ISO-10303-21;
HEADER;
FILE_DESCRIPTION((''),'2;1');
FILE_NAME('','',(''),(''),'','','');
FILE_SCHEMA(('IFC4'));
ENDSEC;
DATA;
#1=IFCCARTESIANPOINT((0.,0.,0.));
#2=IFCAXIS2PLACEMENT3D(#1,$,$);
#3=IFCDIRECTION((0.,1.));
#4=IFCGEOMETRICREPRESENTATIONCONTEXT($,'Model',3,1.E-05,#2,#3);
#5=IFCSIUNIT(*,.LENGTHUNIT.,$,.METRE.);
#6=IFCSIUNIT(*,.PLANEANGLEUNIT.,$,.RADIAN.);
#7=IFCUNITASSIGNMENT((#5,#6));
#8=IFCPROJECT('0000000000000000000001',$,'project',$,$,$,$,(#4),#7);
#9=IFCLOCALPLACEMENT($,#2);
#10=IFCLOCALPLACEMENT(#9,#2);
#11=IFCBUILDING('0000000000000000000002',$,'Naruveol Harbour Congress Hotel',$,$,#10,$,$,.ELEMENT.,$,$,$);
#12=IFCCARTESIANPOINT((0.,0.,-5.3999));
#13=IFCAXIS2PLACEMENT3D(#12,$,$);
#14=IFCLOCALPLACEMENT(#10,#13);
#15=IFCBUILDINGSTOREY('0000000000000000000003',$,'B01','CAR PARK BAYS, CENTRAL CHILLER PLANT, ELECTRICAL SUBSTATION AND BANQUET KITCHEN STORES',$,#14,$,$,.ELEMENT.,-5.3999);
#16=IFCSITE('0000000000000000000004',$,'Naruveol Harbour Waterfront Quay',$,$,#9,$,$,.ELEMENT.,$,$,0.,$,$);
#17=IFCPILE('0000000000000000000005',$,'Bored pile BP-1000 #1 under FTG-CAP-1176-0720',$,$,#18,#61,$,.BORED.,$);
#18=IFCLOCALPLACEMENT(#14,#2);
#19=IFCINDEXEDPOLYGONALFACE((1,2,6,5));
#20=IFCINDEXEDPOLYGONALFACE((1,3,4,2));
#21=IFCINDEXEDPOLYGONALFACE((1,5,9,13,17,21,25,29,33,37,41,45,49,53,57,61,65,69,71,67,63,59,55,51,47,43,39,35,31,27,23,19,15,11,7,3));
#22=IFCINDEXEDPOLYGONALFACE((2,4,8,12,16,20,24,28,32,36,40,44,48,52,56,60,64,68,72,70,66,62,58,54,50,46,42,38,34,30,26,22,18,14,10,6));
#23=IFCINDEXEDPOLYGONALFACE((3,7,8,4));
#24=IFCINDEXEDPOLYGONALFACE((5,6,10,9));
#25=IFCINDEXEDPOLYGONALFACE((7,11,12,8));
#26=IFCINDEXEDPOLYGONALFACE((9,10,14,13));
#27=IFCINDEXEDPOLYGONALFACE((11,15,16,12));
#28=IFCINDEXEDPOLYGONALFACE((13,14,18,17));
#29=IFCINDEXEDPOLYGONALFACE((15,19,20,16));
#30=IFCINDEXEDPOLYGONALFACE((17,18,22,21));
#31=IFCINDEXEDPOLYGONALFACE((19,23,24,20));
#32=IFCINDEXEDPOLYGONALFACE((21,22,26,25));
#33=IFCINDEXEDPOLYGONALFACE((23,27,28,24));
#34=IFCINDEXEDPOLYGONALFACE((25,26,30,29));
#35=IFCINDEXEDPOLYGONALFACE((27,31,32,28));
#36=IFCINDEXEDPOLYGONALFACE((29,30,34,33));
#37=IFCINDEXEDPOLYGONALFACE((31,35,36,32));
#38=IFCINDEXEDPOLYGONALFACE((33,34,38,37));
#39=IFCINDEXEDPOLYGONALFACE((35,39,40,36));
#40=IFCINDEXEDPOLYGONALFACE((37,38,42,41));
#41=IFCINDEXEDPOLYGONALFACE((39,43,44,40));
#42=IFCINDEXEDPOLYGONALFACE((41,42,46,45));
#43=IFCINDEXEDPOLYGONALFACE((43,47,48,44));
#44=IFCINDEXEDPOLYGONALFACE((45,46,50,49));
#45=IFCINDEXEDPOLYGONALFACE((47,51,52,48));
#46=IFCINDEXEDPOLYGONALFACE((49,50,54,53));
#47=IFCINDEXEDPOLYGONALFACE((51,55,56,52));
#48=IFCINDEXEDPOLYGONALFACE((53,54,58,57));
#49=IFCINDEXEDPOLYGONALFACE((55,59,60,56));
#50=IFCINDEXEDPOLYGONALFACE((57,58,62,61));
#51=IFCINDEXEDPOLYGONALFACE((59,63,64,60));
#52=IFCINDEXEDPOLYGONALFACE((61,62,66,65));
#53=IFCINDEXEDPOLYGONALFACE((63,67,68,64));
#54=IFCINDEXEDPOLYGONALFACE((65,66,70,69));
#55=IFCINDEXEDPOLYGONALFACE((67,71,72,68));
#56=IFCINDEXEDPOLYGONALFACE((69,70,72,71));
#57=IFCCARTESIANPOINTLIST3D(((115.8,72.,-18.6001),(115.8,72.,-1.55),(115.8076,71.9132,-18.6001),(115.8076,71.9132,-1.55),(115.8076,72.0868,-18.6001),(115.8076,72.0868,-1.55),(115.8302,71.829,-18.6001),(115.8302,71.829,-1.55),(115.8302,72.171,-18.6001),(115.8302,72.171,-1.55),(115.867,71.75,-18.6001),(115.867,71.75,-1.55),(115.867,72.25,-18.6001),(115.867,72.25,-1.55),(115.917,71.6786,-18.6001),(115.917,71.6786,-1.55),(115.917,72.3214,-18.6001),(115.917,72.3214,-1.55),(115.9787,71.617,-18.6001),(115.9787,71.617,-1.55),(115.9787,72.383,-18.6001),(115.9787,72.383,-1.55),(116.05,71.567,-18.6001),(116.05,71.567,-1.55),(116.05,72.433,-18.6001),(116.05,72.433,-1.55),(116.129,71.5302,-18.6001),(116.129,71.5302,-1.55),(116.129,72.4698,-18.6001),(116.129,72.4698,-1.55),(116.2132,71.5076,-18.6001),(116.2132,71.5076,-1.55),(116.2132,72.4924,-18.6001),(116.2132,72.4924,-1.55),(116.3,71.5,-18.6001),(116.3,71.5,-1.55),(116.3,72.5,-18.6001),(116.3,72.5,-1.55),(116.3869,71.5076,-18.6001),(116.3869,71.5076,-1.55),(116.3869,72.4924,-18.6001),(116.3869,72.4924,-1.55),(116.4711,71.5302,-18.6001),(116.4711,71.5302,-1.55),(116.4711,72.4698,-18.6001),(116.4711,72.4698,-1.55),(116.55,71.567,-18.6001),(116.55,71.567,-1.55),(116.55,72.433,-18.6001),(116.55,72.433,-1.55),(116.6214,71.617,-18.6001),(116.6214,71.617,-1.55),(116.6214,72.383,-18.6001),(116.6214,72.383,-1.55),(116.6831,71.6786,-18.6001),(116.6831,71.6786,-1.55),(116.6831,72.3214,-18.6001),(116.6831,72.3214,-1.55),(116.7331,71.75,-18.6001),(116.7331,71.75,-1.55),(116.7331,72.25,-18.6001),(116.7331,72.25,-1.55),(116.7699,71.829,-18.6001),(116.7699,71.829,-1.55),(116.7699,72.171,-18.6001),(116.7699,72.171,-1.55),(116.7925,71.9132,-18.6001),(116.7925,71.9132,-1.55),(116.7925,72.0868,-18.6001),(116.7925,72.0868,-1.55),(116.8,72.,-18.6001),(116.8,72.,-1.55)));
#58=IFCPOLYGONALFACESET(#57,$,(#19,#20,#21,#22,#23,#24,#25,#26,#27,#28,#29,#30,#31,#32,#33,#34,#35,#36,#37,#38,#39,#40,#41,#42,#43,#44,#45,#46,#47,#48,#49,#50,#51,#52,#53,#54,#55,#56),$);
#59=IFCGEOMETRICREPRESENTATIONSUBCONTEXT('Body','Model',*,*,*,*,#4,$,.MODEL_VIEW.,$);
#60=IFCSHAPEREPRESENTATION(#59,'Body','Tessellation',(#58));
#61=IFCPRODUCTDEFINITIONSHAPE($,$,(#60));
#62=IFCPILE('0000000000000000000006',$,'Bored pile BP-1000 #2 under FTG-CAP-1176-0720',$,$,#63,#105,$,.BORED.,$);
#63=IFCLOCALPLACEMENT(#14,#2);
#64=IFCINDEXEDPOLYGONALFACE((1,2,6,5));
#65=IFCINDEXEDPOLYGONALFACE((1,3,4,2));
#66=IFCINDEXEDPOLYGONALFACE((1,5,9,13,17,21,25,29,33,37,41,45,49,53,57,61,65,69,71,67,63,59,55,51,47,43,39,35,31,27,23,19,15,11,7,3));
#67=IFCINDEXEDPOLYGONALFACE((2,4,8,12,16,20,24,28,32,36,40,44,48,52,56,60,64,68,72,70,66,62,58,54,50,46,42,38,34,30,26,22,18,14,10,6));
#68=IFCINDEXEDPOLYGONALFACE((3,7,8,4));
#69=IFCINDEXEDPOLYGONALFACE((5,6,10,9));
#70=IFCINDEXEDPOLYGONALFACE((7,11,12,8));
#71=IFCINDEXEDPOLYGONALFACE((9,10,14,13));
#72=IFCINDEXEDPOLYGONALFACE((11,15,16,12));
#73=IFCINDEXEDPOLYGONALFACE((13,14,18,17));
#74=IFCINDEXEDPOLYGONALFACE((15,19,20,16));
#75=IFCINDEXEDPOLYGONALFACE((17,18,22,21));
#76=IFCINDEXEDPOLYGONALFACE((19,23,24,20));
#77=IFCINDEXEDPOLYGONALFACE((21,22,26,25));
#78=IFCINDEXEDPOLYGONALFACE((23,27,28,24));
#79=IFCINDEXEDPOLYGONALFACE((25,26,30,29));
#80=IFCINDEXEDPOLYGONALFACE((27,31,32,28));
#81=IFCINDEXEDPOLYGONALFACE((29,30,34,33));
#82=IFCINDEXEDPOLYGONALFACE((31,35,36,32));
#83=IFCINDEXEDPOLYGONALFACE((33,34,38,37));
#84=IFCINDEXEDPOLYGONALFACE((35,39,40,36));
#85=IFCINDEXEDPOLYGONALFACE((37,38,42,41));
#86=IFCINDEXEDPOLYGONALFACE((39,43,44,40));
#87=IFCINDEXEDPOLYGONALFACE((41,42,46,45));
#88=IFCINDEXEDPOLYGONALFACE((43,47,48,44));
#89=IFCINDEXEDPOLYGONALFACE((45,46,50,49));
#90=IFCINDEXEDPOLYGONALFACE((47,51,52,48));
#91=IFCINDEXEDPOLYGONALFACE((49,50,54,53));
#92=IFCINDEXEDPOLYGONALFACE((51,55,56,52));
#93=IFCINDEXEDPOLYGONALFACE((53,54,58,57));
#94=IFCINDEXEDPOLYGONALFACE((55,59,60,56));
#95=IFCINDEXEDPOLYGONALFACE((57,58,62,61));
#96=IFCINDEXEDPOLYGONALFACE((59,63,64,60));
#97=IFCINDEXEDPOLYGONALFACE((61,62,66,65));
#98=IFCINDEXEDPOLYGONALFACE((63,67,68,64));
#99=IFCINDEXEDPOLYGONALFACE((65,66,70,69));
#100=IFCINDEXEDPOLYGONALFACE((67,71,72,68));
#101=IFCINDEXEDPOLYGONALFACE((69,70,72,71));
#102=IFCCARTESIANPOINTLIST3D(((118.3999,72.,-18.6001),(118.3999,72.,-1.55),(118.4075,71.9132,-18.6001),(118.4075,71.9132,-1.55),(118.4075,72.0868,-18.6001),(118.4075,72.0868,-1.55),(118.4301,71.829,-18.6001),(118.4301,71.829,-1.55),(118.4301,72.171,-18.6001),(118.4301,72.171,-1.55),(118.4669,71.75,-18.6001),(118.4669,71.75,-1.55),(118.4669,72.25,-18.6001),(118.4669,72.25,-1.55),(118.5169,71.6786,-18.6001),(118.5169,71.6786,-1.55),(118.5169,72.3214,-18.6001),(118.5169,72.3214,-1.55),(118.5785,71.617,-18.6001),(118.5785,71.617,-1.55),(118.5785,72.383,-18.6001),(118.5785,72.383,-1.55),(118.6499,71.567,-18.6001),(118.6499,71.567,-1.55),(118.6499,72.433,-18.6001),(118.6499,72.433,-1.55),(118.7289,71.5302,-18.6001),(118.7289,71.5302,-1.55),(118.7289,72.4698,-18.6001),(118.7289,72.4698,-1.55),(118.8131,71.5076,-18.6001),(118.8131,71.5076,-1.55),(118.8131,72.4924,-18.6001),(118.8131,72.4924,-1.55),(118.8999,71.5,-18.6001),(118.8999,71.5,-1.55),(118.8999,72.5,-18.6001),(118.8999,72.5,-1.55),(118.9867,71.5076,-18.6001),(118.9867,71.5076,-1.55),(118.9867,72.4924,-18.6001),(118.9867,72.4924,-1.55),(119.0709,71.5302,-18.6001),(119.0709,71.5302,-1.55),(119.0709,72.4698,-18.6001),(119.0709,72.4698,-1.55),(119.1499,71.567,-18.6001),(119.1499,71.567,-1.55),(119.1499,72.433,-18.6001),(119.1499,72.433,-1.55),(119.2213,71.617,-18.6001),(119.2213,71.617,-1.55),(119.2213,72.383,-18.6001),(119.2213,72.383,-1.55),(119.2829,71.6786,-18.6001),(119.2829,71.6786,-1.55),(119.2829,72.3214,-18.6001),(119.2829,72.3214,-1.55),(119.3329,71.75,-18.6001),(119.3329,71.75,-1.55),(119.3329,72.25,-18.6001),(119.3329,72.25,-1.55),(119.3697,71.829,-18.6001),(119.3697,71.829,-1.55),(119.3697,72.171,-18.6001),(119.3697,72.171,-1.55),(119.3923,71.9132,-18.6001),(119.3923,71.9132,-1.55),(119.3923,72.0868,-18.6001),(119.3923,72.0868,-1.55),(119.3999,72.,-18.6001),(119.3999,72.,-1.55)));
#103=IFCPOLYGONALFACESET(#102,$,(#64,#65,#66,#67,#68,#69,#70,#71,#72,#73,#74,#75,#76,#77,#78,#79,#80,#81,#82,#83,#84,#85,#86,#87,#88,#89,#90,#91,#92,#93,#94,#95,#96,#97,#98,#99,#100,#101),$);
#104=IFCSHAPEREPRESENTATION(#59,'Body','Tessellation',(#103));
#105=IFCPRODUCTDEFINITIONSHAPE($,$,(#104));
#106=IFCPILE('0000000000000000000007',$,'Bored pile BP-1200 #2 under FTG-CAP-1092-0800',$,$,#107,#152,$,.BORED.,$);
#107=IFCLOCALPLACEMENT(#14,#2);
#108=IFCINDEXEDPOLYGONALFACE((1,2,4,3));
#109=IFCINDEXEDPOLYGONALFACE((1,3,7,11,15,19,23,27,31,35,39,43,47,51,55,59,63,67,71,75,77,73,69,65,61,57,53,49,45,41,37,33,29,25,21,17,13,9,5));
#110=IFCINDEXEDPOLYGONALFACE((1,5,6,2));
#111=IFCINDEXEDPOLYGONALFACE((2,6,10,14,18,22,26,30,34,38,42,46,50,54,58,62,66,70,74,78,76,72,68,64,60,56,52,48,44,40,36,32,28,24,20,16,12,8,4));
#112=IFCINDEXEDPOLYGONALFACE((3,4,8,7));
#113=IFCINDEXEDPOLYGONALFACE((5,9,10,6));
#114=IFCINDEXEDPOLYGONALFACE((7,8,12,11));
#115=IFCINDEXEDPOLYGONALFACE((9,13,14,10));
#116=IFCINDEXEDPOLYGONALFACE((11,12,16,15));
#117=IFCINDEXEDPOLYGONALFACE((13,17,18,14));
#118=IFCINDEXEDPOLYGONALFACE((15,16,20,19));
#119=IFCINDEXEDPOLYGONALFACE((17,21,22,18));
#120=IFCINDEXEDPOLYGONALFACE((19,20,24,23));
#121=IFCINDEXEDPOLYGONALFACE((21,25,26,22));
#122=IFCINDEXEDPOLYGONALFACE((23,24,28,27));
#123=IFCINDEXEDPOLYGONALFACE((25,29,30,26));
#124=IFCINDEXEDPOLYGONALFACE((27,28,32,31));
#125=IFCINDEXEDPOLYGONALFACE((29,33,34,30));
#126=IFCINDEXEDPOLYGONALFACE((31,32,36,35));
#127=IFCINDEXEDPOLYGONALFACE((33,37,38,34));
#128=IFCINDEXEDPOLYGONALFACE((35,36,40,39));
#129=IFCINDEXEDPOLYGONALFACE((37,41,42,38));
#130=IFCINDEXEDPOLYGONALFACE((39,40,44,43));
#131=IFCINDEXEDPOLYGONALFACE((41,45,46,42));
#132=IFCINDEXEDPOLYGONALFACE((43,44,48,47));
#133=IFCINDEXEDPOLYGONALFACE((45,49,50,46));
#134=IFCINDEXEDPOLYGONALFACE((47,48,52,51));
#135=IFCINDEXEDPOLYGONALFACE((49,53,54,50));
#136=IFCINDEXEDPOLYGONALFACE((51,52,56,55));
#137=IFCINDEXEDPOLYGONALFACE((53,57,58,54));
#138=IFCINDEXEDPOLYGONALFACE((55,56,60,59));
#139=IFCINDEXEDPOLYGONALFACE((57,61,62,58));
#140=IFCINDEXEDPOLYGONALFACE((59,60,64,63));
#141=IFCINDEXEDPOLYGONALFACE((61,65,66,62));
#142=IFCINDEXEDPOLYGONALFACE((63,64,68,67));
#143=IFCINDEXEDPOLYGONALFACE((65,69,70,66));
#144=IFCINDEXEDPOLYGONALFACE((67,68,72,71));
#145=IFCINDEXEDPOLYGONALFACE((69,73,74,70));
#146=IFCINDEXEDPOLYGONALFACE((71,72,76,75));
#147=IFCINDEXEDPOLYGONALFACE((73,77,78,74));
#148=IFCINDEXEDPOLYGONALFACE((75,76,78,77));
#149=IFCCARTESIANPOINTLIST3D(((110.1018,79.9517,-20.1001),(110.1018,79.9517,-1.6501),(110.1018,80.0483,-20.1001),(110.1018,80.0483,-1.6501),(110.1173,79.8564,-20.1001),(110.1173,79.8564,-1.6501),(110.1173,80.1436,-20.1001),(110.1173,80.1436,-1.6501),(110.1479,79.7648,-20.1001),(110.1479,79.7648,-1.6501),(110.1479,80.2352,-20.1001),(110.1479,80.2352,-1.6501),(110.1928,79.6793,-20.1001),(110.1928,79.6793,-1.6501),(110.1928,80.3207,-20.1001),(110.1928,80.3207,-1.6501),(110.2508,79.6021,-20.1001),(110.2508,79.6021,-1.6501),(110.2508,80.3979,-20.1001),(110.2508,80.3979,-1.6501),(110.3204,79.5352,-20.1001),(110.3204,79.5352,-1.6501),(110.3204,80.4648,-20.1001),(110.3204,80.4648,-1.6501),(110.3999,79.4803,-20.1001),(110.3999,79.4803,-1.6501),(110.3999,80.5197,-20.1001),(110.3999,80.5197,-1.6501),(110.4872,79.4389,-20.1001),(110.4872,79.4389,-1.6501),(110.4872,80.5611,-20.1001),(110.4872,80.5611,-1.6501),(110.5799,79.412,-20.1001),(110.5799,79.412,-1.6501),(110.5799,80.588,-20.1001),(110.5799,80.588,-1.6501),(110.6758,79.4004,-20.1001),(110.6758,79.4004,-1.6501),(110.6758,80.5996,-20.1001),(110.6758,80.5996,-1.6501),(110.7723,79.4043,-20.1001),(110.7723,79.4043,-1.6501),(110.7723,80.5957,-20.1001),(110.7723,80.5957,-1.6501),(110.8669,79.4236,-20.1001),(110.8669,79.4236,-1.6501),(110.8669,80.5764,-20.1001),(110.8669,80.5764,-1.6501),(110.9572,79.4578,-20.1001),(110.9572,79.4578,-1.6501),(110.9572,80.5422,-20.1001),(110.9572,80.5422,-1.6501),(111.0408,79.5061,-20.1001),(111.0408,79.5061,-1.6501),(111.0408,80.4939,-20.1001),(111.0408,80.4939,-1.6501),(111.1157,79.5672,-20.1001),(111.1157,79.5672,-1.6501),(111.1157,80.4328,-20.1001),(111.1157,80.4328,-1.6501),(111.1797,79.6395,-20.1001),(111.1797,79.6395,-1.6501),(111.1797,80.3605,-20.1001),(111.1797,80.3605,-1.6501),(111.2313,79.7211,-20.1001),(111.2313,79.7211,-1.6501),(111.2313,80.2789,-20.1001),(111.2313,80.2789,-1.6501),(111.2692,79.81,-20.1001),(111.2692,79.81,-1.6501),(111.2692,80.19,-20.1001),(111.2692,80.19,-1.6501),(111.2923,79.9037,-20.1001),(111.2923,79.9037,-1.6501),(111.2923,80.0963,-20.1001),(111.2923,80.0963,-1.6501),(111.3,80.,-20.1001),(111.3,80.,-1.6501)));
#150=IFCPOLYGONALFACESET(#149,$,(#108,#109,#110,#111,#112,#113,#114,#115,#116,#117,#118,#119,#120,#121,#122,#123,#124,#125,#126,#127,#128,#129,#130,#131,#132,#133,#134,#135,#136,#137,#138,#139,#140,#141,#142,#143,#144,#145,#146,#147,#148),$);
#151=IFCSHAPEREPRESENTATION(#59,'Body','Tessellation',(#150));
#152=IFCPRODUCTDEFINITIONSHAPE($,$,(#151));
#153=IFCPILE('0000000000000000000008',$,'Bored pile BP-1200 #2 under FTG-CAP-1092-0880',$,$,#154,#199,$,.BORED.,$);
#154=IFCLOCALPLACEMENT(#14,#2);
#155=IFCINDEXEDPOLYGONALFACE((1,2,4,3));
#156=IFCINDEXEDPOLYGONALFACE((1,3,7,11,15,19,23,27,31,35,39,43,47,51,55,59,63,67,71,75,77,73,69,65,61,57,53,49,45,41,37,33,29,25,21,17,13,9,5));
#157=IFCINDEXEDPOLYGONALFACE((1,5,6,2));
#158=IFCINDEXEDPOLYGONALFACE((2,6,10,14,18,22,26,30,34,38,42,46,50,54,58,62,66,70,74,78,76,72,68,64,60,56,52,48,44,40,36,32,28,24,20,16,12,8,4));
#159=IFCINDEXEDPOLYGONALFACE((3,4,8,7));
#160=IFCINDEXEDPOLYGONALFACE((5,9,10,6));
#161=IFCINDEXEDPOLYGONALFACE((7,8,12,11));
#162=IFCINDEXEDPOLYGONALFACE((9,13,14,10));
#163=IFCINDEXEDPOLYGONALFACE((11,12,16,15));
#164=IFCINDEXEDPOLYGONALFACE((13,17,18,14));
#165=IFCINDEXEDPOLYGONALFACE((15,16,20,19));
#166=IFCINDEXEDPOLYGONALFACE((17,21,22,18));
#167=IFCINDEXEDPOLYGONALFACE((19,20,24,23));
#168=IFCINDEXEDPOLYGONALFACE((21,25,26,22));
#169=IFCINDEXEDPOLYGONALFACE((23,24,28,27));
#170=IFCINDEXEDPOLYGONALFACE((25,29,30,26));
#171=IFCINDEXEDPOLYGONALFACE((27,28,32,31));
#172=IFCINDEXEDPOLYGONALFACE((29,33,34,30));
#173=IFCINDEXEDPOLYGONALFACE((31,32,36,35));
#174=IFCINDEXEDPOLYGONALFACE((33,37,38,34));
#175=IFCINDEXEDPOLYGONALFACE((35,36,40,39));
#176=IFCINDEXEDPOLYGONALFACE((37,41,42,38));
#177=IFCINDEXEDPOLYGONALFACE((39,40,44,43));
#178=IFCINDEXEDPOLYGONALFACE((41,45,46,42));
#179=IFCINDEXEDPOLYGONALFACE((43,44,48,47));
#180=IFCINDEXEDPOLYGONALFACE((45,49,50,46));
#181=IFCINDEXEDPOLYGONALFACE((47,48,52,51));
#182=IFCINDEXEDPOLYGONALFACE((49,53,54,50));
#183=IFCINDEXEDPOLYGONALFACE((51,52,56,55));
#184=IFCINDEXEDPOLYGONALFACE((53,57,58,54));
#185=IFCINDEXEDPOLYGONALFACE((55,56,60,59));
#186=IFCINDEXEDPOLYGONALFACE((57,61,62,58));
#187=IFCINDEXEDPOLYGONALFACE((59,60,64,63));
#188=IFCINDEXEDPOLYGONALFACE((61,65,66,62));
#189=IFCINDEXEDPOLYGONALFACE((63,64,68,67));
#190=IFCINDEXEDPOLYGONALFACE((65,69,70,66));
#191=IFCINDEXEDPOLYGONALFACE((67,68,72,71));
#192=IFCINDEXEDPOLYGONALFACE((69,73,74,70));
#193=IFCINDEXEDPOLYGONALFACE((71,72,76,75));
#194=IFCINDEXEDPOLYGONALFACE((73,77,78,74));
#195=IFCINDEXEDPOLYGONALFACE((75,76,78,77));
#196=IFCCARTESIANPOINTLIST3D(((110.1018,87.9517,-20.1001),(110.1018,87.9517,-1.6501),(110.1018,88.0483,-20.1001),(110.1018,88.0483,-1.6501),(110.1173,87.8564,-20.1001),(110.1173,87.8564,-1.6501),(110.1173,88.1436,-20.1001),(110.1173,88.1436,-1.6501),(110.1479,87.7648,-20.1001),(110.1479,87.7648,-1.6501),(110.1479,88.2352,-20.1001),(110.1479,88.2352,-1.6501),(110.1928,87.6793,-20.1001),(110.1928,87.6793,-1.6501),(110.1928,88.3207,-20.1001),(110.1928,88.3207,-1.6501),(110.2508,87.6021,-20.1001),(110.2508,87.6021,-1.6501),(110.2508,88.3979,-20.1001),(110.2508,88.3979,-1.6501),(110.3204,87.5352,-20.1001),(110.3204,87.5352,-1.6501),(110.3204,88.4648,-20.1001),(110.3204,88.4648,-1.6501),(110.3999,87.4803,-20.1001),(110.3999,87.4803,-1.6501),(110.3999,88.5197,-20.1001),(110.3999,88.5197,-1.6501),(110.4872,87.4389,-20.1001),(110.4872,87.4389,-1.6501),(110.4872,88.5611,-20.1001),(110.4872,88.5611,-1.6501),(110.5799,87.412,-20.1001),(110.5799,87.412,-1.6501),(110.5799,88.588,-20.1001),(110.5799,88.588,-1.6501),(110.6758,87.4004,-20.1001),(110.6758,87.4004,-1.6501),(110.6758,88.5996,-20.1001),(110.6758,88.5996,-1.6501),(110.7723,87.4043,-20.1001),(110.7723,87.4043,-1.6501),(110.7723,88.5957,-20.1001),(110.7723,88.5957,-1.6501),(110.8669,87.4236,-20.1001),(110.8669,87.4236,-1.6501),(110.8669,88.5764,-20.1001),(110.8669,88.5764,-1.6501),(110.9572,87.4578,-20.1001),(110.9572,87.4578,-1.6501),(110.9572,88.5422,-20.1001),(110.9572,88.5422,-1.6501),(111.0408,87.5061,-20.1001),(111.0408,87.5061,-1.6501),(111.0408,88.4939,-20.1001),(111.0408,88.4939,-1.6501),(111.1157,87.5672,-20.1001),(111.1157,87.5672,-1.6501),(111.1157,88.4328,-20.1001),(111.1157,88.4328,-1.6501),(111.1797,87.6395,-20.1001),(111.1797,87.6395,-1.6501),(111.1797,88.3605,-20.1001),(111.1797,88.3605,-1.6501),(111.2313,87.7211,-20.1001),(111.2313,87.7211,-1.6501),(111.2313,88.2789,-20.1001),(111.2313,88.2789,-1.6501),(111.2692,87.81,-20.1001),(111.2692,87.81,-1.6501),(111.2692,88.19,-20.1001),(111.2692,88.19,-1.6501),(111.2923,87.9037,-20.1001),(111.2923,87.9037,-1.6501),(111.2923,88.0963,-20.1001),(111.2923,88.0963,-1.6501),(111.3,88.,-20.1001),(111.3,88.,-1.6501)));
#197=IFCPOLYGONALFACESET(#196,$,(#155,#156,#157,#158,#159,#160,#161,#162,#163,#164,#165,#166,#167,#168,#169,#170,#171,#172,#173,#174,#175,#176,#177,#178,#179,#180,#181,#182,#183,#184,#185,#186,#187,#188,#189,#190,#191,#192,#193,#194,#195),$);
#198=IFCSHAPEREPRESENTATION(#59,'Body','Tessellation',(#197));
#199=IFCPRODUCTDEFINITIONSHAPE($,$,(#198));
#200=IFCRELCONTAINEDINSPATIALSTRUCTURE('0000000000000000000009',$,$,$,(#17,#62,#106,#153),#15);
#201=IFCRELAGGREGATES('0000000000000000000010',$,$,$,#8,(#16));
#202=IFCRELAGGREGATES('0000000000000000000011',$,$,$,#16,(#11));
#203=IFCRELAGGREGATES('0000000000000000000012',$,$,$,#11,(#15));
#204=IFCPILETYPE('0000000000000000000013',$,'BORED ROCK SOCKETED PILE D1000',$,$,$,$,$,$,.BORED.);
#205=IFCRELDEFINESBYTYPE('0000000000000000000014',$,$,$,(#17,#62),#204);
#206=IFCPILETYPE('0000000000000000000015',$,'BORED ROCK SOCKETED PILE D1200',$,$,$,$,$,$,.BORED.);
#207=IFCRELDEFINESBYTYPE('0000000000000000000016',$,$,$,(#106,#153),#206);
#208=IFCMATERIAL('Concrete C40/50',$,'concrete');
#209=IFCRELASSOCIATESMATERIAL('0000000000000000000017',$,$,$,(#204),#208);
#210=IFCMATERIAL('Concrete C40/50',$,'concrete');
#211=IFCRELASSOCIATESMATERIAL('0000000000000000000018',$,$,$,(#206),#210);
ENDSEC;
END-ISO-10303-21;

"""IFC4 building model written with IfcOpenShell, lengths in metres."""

from ifc_helpers import new_model, si_unit, direction, frame, origin, origin_2d, place, context, subcontext, project, spatial, circle, extrude, material, material_profile, profile_set, type_object, element, save


model = new_model("IFC4")

# Units and contexts
model_context = context("Model", 3, precision=1e-05, world=origin(), true_north=direction((0.0, 1.0)))
body_context = subcontext(model_context, "Body", "Model", "MODEL_VIEW")
ifc_project = project(units=[si_unit("LENGTHUNIT", "METRE"), si_unit("PLANEANGLEUNIT", "RADIAN")], contexts=[model_context])

# Site, building, storey
site_placement = place(None, origin())
site = spatial("IfcSite", under=ifc_project, at=site_placement, Name="Naruveol Harbour Waterfront Quay", CompositionType="ELEMENT", RefElevation=0.0)
building_placement = place(site_placement, origin())
building = spatial("IfcBuilding", under=site, at=building_placement, Name="Naruveol Harbour Congress Hotel", CompositionType="ELEMENT")
storey_placement = place(building_placement, frame((0.0, 0.0, -5.3999)))
storey = spatial("IfcBuildingStorey", under=building, at=storey_placement, Name="B01", Description="CAR PARK BAYS, CENTRAL CHILLER PLANT, ELECTRICAL SUBSTATION AND BANQUET KITCHEN STORES", CompositionType="ELEMENT", Elevation=-5.3999)

# Piles
ifc_material_1 = material(Name="Concrete C40/50", Category="concrete")
ifc_material_profile_1 = material_profile(ifc_material_1, circle(Radius=0.5, at=origin_2d()), Name="BP-1000")
ifc_profile_set_1 = profile_set([ifc_material_profile_1], Name="Concrete C40/50")
pile_type_1 = type_object("IfcPileType", Name="BORED ROCK SOCKETED PILE D1000", PredefinedType="BORED", material=ifc_profile_set_1)
for number, where, z_axis, x_axis, name in (
    (1, (116.3, 72.0, -1.55), (0.0, 0.0, -1.0), (1.0, 0.0, 0.0), "Bored pile BP-1000 #1 under FTG-CAP-1176-0720"),
    (2, (118.8999, 72.0, -1.55), (0.0, 0.0, -1.0), (1.0, 0.0, 0.0), "Bored pile BP-1000 #2 under FTG-CAP-1176-0720"),
):
    element("IfcPile", number, at=place(storey_placement, frame(where, z_axis=z_axis, x_axis=x_axis)), inside=storey, type_object=pile_type_1, Name=name, PredefinedType="BORED", context=body_context, shape_type="SweptSolid", body=[
        extrude(circle(Radius=0.5, at=origin_2d()), origin(), (0.0, 0.0, 1.0), 17.05),
    ])
ifc_material_2 = material(Name="Concrete C40/50", Category="concrete")
ifc_material_profile_2 = material_profile(ifc_material_2, circle(Radius=0.6001, at=origin_2d()), Name="BP-1200")
ifc_profile_set_2 = profile_set([ifc_material_profile_2], Name="Concrete C40/50")
pile_type_2 = type_object("IfcPileType", Name="BORED ROCK SOCKETED PILE D1200", PredefinedType="BORED", material=ifc_profile_set_2)
for number, where, z_axis, x_axis, name in (
    (3, (110.7, 80.0, -1.6501), (0.0, 0.0, -1.0), (1.0, 0.0, 0.0), "Bored pile BP-1200 #2 under FTG-CAP-1092-0800"),
    (4, (110.7, 88.0, -1.6501), (0.0, 0.0, -1.0), (1.0, 0.0, 0.0), "Bored pile BP-1200 #2 under FTG-CAP-1092-0880"),
):
    element("IfcPile", number, at=place(storey_placement, frame(where, z_axis=z_axis, x_axis=x_axis)), inside=storey, type_object=pile_type_2, Name=name, PredefinedType="BORED", context=body_context, shape_type="SweptSolid", body=[
        extrude(circle(Radius=0.6001, at=origin_2d()), origin(), (0.0, 0.0, 1.0), 18.45),
    ])

save(model, "model.ifc")
